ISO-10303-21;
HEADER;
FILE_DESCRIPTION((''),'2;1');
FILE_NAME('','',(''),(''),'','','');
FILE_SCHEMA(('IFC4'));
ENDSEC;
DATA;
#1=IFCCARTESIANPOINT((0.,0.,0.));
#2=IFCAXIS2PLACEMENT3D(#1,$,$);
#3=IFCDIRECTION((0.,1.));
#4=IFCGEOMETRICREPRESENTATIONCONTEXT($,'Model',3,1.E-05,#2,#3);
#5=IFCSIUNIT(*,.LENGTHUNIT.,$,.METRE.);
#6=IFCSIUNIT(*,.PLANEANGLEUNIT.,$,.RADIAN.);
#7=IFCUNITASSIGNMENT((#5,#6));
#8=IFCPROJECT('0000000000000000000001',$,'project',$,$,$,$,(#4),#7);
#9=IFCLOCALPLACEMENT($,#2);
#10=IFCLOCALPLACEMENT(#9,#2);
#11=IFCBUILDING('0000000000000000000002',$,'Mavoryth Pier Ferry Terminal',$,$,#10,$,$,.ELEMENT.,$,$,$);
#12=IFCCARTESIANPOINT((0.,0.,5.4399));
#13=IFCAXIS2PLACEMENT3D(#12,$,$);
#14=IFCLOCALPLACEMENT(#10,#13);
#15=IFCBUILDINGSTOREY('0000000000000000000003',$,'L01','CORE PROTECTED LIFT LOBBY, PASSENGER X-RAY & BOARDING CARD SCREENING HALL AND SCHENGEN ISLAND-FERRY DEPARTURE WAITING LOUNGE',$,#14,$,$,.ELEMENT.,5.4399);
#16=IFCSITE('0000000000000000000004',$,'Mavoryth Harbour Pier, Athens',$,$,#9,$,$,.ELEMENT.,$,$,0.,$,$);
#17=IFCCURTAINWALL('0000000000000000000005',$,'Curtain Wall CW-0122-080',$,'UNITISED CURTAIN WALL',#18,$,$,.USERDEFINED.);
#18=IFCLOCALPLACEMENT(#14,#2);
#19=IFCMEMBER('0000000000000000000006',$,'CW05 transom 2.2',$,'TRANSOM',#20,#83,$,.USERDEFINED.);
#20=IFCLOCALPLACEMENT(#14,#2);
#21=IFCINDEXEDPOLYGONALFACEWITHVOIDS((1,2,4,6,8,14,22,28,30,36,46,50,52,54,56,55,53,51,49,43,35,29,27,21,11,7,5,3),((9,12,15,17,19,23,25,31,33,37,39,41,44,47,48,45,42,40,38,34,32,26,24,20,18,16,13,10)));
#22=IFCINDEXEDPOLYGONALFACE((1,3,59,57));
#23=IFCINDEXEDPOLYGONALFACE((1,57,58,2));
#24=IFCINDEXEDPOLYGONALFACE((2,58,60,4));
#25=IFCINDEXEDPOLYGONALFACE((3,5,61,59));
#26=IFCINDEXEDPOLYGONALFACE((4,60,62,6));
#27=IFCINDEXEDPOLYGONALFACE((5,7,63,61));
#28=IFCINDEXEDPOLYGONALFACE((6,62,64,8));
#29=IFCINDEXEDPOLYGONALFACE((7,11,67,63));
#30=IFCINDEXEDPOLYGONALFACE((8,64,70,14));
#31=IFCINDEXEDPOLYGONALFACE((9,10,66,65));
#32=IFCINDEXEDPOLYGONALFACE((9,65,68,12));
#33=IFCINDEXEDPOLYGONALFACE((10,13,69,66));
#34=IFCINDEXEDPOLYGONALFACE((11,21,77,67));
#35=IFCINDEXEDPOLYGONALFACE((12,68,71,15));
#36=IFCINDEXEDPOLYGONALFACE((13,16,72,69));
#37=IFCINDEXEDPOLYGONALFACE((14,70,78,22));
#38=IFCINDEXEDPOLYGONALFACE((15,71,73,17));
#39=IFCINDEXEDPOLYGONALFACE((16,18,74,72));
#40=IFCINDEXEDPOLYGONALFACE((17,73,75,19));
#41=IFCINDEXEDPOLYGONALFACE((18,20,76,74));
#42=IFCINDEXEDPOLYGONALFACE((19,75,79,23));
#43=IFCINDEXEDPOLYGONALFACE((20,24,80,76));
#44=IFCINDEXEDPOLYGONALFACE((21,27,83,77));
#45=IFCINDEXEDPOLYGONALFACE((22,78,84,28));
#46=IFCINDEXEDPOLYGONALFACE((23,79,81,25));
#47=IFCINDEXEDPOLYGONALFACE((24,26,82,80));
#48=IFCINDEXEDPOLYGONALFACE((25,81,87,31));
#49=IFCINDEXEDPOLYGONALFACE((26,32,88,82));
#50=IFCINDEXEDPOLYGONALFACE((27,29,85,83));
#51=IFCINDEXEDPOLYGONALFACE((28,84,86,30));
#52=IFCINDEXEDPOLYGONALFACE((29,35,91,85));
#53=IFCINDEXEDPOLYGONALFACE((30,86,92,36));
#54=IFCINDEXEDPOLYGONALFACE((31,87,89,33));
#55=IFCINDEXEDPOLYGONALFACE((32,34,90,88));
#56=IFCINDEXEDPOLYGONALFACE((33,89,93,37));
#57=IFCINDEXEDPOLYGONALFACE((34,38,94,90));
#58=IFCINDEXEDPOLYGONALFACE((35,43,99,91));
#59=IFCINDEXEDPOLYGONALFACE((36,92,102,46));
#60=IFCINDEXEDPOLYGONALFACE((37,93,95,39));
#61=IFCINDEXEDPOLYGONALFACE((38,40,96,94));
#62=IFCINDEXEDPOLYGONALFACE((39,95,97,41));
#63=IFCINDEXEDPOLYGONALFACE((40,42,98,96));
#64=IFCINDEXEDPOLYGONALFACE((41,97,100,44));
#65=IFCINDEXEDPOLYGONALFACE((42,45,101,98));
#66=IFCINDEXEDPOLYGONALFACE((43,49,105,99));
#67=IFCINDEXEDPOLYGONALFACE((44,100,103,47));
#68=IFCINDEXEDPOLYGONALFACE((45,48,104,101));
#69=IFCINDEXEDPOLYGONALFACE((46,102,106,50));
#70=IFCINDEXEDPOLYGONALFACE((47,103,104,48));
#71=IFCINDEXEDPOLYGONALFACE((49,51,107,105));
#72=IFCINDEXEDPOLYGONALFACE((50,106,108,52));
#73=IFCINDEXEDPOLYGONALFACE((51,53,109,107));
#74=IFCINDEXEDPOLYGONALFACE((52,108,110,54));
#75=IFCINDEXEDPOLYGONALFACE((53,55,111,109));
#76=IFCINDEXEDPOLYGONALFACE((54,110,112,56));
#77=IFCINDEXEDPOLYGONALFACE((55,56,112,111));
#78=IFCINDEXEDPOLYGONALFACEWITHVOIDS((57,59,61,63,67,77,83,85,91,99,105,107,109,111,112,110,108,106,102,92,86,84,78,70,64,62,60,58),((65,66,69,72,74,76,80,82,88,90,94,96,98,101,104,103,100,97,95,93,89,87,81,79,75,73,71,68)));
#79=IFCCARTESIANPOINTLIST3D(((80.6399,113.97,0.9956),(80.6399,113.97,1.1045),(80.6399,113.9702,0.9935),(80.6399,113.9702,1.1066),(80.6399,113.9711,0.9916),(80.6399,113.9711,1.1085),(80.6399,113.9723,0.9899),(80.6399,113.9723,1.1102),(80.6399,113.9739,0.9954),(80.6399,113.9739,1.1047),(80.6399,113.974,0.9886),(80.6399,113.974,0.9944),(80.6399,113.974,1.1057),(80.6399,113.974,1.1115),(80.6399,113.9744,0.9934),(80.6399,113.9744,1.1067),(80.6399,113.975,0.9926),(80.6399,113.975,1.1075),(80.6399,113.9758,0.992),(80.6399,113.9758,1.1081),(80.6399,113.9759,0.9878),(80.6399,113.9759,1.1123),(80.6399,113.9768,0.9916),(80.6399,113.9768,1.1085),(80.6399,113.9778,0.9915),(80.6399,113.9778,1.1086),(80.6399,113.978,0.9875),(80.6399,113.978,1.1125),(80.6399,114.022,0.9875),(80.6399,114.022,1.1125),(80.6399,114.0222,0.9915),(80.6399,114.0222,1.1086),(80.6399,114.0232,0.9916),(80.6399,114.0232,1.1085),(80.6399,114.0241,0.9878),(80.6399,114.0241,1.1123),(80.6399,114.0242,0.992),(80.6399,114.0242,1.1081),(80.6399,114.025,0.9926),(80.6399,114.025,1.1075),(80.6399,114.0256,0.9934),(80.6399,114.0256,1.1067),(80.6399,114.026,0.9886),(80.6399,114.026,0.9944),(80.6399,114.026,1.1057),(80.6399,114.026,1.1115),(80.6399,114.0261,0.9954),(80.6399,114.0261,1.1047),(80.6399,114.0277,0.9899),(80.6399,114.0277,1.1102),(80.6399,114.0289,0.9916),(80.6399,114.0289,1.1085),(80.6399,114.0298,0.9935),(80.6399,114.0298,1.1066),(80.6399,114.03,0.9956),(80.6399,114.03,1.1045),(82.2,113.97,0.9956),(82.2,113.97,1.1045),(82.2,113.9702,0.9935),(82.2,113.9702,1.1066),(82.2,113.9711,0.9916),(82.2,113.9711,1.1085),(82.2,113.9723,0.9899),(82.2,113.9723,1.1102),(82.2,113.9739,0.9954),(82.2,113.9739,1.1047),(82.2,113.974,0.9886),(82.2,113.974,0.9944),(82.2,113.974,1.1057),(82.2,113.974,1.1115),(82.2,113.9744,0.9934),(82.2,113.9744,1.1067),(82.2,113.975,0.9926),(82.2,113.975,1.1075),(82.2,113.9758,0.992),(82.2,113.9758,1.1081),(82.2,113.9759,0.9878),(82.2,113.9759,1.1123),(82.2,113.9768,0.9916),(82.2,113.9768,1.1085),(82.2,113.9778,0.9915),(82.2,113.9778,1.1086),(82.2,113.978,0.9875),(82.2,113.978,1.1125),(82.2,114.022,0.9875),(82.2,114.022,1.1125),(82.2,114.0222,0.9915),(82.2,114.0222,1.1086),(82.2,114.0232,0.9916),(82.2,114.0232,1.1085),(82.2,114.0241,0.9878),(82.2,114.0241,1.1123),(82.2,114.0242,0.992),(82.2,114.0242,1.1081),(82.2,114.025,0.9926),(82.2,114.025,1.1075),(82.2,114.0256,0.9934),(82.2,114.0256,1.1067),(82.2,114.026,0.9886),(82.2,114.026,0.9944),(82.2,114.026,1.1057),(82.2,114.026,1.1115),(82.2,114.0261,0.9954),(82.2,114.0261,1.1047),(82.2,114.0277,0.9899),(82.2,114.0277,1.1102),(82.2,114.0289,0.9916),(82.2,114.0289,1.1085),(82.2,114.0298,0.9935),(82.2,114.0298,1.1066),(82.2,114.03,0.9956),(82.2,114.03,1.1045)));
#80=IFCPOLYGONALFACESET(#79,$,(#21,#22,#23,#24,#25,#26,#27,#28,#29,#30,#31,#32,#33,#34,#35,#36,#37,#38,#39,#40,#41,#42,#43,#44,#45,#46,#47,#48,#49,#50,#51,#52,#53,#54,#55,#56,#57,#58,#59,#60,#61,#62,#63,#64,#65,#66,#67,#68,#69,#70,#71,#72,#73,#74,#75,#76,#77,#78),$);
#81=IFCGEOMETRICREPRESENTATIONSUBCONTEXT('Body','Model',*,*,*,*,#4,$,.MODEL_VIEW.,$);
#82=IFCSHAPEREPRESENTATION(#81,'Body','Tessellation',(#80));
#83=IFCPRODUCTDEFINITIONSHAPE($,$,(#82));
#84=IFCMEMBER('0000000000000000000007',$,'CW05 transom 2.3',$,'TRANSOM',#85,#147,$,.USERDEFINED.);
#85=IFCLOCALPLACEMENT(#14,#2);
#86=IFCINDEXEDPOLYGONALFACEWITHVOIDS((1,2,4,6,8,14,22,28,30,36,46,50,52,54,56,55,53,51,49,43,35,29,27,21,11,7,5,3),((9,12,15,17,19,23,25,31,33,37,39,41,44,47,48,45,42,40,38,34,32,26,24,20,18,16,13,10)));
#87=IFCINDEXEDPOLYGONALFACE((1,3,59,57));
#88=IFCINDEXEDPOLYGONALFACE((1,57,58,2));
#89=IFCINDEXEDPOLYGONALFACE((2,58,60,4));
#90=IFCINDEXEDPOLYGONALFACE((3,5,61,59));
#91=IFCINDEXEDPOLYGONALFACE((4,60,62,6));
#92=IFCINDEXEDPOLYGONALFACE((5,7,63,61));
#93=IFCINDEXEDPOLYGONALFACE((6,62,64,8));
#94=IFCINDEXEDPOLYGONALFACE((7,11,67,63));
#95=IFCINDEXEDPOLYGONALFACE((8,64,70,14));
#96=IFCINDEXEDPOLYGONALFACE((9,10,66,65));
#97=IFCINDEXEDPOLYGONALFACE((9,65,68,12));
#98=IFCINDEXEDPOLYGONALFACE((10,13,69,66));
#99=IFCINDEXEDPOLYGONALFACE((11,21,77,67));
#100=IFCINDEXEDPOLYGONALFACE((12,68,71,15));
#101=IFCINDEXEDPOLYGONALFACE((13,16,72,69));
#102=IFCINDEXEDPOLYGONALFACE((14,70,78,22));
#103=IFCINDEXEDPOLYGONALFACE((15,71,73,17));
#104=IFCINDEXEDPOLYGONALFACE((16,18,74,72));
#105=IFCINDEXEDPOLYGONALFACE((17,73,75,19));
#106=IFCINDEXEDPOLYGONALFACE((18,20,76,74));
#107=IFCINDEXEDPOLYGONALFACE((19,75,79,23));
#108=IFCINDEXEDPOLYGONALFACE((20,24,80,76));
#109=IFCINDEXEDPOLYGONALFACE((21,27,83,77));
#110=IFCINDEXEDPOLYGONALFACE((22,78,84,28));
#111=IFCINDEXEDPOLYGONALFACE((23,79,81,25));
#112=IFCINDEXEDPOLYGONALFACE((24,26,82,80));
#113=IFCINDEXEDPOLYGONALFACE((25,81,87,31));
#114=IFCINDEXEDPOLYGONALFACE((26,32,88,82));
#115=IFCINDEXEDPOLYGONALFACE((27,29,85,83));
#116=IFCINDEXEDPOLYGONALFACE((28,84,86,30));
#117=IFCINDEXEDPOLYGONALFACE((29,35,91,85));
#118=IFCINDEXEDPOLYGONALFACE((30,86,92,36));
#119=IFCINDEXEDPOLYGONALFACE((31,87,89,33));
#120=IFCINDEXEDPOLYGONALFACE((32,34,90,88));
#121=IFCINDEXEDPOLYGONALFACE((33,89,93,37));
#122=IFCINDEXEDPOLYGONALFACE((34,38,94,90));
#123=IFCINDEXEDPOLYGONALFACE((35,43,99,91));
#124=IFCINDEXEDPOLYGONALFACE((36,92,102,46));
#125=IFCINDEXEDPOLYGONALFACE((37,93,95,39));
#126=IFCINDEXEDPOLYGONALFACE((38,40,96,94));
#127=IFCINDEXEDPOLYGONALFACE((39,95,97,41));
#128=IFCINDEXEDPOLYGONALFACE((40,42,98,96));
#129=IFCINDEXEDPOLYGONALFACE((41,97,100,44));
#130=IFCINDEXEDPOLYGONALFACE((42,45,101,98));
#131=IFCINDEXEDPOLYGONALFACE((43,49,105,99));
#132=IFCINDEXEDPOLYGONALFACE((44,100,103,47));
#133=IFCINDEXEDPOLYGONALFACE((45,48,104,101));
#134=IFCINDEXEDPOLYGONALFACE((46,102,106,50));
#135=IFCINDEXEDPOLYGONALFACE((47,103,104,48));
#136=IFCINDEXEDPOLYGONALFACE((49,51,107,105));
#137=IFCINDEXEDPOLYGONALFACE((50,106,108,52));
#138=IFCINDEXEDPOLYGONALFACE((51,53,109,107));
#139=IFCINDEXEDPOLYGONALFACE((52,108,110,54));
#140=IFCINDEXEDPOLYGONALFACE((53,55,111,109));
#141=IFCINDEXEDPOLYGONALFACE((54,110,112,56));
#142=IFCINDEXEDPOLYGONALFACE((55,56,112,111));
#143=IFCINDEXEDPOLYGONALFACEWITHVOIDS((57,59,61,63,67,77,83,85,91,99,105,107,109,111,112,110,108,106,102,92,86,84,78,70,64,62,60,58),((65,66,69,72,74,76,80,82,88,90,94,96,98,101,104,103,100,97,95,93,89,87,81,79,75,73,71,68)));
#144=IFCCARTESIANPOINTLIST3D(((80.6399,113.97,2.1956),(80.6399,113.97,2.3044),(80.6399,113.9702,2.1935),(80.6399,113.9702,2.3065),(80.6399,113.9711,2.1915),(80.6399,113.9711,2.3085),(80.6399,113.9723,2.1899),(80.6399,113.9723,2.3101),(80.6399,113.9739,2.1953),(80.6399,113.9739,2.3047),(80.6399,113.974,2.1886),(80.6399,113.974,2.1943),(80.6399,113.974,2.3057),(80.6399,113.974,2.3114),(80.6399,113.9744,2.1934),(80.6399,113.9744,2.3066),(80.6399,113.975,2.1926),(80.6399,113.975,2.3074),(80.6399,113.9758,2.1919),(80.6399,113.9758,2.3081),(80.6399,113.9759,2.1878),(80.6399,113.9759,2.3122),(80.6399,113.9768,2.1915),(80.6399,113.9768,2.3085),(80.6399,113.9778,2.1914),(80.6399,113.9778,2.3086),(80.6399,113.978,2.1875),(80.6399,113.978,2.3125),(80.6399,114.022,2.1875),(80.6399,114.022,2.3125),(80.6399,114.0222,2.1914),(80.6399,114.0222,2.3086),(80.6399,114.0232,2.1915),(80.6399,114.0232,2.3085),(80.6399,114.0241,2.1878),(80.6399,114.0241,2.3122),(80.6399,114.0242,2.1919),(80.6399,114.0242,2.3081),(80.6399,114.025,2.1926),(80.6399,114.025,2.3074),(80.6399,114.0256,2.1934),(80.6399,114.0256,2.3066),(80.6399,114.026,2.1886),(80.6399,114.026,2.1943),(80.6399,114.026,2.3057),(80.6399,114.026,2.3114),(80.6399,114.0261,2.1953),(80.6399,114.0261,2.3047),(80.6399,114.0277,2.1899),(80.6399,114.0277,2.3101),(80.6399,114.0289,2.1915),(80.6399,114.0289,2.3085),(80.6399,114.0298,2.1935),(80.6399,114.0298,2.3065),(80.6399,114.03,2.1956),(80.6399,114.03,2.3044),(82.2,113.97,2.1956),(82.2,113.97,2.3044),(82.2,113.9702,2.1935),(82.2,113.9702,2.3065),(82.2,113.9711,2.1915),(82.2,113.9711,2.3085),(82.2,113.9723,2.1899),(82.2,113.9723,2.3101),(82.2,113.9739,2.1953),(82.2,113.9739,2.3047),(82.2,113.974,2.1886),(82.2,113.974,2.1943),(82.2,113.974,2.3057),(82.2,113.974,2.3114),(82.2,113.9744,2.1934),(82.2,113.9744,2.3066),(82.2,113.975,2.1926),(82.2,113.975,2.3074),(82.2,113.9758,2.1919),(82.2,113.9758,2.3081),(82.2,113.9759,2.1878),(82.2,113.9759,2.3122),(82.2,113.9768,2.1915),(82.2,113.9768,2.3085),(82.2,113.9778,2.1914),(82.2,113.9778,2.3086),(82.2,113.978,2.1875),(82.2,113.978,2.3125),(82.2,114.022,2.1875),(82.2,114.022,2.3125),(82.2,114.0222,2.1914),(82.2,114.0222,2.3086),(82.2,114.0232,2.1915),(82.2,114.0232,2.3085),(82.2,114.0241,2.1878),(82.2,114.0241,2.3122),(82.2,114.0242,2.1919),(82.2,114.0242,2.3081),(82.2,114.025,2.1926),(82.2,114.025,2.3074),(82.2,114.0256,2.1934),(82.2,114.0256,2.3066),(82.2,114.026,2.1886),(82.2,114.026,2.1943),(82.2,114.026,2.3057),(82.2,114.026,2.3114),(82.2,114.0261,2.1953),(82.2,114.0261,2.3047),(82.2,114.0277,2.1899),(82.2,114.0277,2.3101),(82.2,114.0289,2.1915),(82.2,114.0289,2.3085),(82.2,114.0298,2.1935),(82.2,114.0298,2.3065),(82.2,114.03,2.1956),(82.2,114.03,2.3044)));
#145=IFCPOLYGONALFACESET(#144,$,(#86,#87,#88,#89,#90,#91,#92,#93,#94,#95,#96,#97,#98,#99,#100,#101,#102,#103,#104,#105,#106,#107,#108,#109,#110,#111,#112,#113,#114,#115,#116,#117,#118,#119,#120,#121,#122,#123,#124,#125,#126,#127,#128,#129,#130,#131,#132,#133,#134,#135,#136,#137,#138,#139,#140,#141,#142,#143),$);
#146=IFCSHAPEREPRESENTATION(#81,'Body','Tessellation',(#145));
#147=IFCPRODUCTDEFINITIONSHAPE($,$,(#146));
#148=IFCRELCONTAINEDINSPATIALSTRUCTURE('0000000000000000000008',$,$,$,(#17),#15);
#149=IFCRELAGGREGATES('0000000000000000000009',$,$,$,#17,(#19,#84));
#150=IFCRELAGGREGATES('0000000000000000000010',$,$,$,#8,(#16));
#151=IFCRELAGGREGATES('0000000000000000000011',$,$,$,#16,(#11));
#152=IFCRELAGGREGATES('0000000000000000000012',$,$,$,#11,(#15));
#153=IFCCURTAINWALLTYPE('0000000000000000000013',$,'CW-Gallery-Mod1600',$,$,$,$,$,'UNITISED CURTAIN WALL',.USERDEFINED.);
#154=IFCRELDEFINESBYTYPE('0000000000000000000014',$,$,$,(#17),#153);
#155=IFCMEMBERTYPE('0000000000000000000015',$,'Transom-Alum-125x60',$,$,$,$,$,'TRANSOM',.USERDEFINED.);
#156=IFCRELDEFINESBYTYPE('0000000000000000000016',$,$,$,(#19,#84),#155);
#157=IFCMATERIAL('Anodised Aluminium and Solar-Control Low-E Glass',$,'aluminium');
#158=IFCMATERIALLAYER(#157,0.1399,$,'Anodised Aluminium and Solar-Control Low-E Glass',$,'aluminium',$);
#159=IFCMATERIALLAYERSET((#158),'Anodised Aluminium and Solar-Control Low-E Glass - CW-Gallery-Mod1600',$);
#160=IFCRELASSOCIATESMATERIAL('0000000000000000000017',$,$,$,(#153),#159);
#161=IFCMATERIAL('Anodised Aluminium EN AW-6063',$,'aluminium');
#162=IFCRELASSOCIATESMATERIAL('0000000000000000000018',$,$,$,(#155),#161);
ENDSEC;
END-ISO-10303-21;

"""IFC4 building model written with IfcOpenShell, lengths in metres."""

from ifc_helpers import new_model, si_unit, direction, frame, origin, origin_2d, place, context, subcontext, project, spatial, hollow_rectangle, extrude, material, layer, layer_set, material_profile, profile_set, type_object, element, aggregate, save


model = new_model("IFC4")

# Units and contexts
model_context = context("Model", 3, precision=1e-05, world=origin(), true_north=direction((0.0, 1.0)))
body_context = subcontext(model_context, "Body", "Model", "MODEL_VIEW")
ifc_project = project(units=[si_unit("LENGTHUNIT", "METRE"), si_unit("PLANEANGLEUNIT", "RADIAN")], contexts=[model_context])

# Site, building, storey
site_placement = place(None, origin())
site = spatial("IfcSite", under=ifc_project, at=site_placement, Name="Mavoryth Harbour Pier, Athens", CompositionType="ELEMENT", RefElevation=0.0)
building_placement = place(site_placement, origin())
building = spatial("IfcBuilding", under=site, at=building_placement, Name="Mavoryth Pier Ferry Terminal", CompositionType="ELEMENT")
storey_placement = place(building_placement, frame((0.0, 0.0, 5.4399)))
storey = spatial("IfcBuildingStorey", under=building, at=storey_placement, Name="L01", Description="CORE PROTECTED LIFT LOBBY, PASSENGER X-RAY & BOARDING CARD SCREENING HALL AND SCHENGEN ISLAND-FERRY DEPARTURE WAITING LOUNGE", CompositionType="ELEMENT", Elevation=5.4399)

# Curtain wall
ifc_material_1 = material(Name="Anodised Aluminium and Solar-Control Low-E Glass", Category="aluminium")
ifc_layer_1 = layer(ifc_material_1, 0.1399, Name="Anodised Aluminium and Solar-Control Low-E Glass", Category="aluminium")
ifc_layer_set_1 = layer_set([ifc_layer_1], Name="Anodised Aluminium and Solar-Control Low-E Glass - CW-Gallery-Mod1600")
curtain_wall_type = type_object("IfcCurtainWallType", Name="CW-Gallery-Mod1600", ElementType="UNITISED CURTAIN WALL", PredefinedType="USERDEFINED", material=ifc_layer_set_1)
curtain_wall_1_placement = place(storey_placement, origin())
curtain_wall_1 = element("IfcCurtainWall", 1, at=curtain_wall_1_placement, inside=storey, type_object=curtain_wall_type, Name="Curtain Wall CW-0122-080", ObjectType="UNITISED CURTAIN WALL", PredefinedType="USERDEFINED")
ifc_material_2 = material(Name="Anodised Aluminium EN AW-6063", Category="aluminium")

# Members
ifc_material_profile_1 = material_profile(ifc_material_2, hollow_rectangle(XDim=0.0601, YDim=0.125, WallThickness=0.0039, InnerFilletRadius=0.0039, OuterFilletRadius=0.0081, at=origin_2d()), Name="AL-TRAN 125x60x4", Category="aluminium")
ifc_profile_set_1 = profile_set([ifc_material_profile_1], Name="Anodised Aluminium EN AW-6063 - AL-TRAN 125x60x4")
member_type_1 = type_object("IfcMemberType", Name="Transom-Alum-125x60", ElementType="TRANSOM", PredefinedType="USERDEFINED", material=ifc_profile_set_1)
member_1_placement = place(storey_placement, frame((82.2, 114.0, 1.05), z_axis=(-1.0, 0.0, 0.0), x_axis=(0.0, -1.0, 0.0)))
member_1 = element("IfcMember", 2, at=member_1_placement, type_object=member_type_1, Name="CW05 transom 2.2", ObjectType="TRANSOM", PredefinedType="USERDEFINED", context=body_context, shape_type="SweptSolid", body=[
    extrude(hollow_rectangle(XDim=0.0601, YDim=0.125, WallThickness=0.0039, InnerFilletRadius=0.0039, OuterFilletRadius=0.0081, at=origin_2d()), origin(), (0.0, 0.0, 1.0), 1.5601),
])
member_2_placement = place(storey_placement, frame((82.2, 114.0, 2.25), z_axis=(-1.0, 0.0, 0.0), x_axis=(0.0, -1.0, 0.0)))
member_2 = element("IfcMember", 3, at=member_2_placement, type_object=member_type_1, Name="CW05 transom 2.3", ObjectType="TRANSOM", PredefinedType="USERDEFINED", context=body_context, shape_type="SweptSolid", body=[
    extrude(hollow_rectangle(XDim=0.0601, YDim=0.125, WallThickness=0.0039, InnerFilletRadius=0.0039, OuterFilletRadius=0.0081, at=origin_2d()), origin(), (0.0, 0.0, 1.0), 1.5601),
])

aggregate(curtain_wall_1, [member_1, member_2])

save(model, "model.ifc")
